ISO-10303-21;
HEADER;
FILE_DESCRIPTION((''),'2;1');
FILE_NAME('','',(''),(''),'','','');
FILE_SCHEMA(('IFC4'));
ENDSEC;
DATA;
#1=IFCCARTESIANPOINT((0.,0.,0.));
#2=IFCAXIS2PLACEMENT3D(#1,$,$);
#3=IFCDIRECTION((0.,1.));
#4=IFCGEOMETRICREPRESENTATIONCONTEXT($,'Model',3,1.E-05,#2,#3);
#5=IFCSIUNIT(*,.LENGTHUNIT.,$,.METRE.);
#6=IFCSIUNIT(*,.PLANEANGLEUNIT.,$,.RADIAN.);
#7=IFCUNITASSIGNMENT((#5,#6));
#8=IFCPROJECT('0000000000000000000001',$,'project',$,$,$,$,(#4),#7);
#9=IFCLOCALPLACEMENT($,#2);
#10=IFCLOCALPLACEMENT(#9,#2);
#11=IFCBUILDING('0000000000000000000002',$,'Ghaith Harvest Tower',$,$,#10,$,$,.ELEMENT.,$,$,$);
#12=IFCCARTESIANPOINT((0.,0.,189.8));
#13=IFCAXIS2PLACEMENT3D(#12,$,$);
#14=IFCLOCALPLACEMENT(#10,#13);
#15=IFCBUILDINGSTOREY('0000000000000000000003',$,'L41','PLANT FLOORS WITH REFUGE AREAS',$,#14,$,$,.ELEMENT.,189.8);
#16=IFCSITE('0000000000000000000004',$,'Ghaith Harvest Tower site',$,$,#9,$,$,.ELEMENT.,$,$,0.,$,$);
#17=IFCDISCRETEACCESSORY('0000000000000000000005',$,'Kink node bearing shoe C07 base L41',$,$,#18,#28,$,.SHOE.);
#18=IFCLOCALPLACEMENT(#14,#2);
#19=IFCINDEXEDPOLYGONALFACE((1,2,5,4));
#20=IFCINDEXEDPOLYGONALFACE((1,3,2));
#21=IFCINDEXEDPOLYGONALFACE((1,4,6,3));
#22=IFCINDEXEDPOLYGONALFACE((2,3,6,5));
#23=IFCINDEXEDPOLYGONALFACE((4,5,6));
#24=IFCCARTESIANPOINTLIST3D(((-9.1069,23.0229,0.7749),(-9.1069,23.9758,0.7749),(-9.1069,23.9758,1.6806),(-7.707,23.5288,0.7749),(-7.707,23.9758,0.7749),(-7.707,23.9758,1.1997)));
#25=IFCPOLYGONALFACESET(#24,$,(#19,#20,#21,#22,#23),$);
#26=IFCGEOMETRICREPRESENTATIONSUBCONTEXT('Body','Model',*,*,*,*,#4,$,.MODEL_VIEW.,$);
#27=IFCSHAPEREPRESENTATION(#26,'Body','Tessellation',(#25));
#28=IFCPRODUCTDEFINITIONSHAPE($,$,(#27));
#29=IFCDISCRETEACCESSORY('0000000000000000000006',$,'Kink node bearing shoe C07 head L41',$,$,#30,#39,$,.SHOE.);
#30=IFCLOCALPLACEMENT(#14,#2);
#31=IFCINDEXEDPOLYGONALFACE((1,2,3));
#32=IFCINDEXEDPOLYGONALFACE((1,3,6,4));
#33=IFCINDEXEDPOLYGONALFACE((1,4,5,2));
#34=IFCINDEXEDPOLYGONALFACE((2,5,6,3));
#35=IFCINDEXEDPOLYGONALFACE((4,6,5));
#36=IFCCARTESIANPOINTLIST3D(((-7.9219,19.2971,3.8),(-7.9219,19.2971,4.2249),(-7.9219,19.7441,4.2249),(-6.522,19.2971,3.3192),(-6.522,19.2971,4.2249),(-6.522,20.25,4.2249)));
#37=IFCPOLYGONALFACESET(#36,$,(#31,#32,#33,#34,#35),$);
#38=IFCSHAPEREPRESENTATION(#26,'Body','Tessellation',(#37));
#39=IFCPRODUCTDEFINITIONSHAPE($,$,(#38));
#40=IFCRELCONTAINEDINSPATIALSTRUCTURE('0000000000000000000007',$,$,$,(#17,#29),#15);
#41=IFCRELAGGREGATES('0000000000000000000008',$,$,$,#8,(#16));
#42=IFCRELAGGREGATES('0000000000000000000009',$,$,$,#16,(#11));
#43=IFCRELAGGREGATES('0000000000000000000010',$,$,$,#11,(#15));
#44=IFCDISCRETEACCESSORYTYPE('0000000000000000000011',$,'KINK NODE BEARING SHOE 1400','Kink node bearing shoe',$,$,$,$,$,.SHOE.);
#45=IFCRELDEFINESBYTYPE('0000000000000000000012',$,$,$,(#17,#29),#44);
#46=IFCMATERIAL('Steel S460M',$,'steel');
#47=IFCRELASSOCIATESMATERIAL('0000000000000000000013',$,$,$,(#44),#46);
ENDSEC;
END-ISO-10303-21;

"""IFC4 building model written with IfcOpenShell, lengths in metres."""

from ifc_helpers import new_model, si_unit, direction, frame, origin, origin_2d, place, context, subcontext, project, spatial, rectangle, extrude, clip, halfspace, material, material_profile, profile_set, type_object, element, save


model = new_model("IFC4")

# Units and contexts
model_context = context("Model", 3, precision=1e-05, world=origin(), true_north=direction((0.0, 1.0)))
body_context = subcontext(model_context, "Body", "Model", "MODEL_VIEW")
ifc_project = project(units=[si_unit("LENGTHUNIT", "METRE"), si_unit("PLANEANGLEUNIT", "RADIAN")], contexts=[model_context])

# Site, building, storey
site_placement = place(None, origin())
site = spatial("IfcSite", under=ifc_project, at=site_placement, Name="Ghaith Harvest Tower site", CompositionType="ELEMENT", RefElevation=0.0)
building_placement = place(site_placement, origin())
building = spatial("IfcBuilding", under=site, at=building_placement, Name="Ghaith Harvest Tower", CompositionType="ELEMENT")
storey_placement = place(building_placement, frame((0.0, 0.0, 189.8)))
storey = spatial("IfcBuildingStorey", under=building, at=storey_placement, Name="L41", Description="PLANT FLOORS WITH REFUGE AREAS", CompositionType="ELEMENT", Elevation=189.8)

# Discrete accessories
ifc_material_1 = material(Name="Steel S460M", Category="steel")
ifc_material_profile_1 = material_profile(ifc_material_1, rectangle(XDim=1.3999, YDim=1.3999, at=origin_2d()), Name="KINK NODE BEARING SHOE 1400")
ifc_profile_set_1 = profile_set([ifc_material_profile_1], Name="Steel S460M")
discrete_accessory_type = type_object("IfcDiscreteAccessoryType", Name="KINK NODE BEARING SHOE 1400", Description="Kink node bearing shoe", PredefinedType="SHOE", material=ifc_profile_set_1)
discrete_accessory_1_placement = place(storey_placement, frame((-8.407, 23.2759, 0.7749), z_axis=(0.0, 0.0, 1.0), x_axis=(1.0, 0.0, 0.0)))
element("IfcDiscreteAccessory", 1, at=discrete_accessory_1_placement, inside=storey, type_object=discrete_accessory_type, Name="Kink node bearing shoe C07 base L41", PredefinedType="SHOE", context=body_context, shape_type="Clipping", body=[
    clip(extrude(rectangle(XDim=1.3999, YDim=1.3999, at=origin_2d()), origin(), (0.0, 0.0, 1.0), 0.9158), halfspace(frame((0.0, 0.0, 0.0), z_axis=(0.241593, -0.668508, 0.703371), x_axis=(1.0, 0.0, 0.0)), False)),
])
discrete_accessory_2_placement = place(storey_placement, frame((-7.2219, 19.9971, 3.3093), z_axis=(0.0, 0.0, 1.0), x_axis=(1.0, 0.0, 0.0)))
element("IfcDiscreteAccessory", 2, at=discrete_accessory_2_placement, inside=storey, type_object=discrete_accessory_type, Name="Kink node bearing shoe C07 head L41", PredefinedType="SHOE", context=body_context, shape_type="Clipping", body=[
    clip(extrude(rectangle(XDim=1.3999, YDim=1.3999, at=origin_2d()), origin(), (0.0, 0.0, 1.0), 0.9155), halfspace(frame((0.0, 0.0, 0.9155), z_axis=(-0.241593, 0.668508, -0.703371), x_axis=(1.0, 0.0, 0.0)), False)),
])

save(model, "model.ifc")
